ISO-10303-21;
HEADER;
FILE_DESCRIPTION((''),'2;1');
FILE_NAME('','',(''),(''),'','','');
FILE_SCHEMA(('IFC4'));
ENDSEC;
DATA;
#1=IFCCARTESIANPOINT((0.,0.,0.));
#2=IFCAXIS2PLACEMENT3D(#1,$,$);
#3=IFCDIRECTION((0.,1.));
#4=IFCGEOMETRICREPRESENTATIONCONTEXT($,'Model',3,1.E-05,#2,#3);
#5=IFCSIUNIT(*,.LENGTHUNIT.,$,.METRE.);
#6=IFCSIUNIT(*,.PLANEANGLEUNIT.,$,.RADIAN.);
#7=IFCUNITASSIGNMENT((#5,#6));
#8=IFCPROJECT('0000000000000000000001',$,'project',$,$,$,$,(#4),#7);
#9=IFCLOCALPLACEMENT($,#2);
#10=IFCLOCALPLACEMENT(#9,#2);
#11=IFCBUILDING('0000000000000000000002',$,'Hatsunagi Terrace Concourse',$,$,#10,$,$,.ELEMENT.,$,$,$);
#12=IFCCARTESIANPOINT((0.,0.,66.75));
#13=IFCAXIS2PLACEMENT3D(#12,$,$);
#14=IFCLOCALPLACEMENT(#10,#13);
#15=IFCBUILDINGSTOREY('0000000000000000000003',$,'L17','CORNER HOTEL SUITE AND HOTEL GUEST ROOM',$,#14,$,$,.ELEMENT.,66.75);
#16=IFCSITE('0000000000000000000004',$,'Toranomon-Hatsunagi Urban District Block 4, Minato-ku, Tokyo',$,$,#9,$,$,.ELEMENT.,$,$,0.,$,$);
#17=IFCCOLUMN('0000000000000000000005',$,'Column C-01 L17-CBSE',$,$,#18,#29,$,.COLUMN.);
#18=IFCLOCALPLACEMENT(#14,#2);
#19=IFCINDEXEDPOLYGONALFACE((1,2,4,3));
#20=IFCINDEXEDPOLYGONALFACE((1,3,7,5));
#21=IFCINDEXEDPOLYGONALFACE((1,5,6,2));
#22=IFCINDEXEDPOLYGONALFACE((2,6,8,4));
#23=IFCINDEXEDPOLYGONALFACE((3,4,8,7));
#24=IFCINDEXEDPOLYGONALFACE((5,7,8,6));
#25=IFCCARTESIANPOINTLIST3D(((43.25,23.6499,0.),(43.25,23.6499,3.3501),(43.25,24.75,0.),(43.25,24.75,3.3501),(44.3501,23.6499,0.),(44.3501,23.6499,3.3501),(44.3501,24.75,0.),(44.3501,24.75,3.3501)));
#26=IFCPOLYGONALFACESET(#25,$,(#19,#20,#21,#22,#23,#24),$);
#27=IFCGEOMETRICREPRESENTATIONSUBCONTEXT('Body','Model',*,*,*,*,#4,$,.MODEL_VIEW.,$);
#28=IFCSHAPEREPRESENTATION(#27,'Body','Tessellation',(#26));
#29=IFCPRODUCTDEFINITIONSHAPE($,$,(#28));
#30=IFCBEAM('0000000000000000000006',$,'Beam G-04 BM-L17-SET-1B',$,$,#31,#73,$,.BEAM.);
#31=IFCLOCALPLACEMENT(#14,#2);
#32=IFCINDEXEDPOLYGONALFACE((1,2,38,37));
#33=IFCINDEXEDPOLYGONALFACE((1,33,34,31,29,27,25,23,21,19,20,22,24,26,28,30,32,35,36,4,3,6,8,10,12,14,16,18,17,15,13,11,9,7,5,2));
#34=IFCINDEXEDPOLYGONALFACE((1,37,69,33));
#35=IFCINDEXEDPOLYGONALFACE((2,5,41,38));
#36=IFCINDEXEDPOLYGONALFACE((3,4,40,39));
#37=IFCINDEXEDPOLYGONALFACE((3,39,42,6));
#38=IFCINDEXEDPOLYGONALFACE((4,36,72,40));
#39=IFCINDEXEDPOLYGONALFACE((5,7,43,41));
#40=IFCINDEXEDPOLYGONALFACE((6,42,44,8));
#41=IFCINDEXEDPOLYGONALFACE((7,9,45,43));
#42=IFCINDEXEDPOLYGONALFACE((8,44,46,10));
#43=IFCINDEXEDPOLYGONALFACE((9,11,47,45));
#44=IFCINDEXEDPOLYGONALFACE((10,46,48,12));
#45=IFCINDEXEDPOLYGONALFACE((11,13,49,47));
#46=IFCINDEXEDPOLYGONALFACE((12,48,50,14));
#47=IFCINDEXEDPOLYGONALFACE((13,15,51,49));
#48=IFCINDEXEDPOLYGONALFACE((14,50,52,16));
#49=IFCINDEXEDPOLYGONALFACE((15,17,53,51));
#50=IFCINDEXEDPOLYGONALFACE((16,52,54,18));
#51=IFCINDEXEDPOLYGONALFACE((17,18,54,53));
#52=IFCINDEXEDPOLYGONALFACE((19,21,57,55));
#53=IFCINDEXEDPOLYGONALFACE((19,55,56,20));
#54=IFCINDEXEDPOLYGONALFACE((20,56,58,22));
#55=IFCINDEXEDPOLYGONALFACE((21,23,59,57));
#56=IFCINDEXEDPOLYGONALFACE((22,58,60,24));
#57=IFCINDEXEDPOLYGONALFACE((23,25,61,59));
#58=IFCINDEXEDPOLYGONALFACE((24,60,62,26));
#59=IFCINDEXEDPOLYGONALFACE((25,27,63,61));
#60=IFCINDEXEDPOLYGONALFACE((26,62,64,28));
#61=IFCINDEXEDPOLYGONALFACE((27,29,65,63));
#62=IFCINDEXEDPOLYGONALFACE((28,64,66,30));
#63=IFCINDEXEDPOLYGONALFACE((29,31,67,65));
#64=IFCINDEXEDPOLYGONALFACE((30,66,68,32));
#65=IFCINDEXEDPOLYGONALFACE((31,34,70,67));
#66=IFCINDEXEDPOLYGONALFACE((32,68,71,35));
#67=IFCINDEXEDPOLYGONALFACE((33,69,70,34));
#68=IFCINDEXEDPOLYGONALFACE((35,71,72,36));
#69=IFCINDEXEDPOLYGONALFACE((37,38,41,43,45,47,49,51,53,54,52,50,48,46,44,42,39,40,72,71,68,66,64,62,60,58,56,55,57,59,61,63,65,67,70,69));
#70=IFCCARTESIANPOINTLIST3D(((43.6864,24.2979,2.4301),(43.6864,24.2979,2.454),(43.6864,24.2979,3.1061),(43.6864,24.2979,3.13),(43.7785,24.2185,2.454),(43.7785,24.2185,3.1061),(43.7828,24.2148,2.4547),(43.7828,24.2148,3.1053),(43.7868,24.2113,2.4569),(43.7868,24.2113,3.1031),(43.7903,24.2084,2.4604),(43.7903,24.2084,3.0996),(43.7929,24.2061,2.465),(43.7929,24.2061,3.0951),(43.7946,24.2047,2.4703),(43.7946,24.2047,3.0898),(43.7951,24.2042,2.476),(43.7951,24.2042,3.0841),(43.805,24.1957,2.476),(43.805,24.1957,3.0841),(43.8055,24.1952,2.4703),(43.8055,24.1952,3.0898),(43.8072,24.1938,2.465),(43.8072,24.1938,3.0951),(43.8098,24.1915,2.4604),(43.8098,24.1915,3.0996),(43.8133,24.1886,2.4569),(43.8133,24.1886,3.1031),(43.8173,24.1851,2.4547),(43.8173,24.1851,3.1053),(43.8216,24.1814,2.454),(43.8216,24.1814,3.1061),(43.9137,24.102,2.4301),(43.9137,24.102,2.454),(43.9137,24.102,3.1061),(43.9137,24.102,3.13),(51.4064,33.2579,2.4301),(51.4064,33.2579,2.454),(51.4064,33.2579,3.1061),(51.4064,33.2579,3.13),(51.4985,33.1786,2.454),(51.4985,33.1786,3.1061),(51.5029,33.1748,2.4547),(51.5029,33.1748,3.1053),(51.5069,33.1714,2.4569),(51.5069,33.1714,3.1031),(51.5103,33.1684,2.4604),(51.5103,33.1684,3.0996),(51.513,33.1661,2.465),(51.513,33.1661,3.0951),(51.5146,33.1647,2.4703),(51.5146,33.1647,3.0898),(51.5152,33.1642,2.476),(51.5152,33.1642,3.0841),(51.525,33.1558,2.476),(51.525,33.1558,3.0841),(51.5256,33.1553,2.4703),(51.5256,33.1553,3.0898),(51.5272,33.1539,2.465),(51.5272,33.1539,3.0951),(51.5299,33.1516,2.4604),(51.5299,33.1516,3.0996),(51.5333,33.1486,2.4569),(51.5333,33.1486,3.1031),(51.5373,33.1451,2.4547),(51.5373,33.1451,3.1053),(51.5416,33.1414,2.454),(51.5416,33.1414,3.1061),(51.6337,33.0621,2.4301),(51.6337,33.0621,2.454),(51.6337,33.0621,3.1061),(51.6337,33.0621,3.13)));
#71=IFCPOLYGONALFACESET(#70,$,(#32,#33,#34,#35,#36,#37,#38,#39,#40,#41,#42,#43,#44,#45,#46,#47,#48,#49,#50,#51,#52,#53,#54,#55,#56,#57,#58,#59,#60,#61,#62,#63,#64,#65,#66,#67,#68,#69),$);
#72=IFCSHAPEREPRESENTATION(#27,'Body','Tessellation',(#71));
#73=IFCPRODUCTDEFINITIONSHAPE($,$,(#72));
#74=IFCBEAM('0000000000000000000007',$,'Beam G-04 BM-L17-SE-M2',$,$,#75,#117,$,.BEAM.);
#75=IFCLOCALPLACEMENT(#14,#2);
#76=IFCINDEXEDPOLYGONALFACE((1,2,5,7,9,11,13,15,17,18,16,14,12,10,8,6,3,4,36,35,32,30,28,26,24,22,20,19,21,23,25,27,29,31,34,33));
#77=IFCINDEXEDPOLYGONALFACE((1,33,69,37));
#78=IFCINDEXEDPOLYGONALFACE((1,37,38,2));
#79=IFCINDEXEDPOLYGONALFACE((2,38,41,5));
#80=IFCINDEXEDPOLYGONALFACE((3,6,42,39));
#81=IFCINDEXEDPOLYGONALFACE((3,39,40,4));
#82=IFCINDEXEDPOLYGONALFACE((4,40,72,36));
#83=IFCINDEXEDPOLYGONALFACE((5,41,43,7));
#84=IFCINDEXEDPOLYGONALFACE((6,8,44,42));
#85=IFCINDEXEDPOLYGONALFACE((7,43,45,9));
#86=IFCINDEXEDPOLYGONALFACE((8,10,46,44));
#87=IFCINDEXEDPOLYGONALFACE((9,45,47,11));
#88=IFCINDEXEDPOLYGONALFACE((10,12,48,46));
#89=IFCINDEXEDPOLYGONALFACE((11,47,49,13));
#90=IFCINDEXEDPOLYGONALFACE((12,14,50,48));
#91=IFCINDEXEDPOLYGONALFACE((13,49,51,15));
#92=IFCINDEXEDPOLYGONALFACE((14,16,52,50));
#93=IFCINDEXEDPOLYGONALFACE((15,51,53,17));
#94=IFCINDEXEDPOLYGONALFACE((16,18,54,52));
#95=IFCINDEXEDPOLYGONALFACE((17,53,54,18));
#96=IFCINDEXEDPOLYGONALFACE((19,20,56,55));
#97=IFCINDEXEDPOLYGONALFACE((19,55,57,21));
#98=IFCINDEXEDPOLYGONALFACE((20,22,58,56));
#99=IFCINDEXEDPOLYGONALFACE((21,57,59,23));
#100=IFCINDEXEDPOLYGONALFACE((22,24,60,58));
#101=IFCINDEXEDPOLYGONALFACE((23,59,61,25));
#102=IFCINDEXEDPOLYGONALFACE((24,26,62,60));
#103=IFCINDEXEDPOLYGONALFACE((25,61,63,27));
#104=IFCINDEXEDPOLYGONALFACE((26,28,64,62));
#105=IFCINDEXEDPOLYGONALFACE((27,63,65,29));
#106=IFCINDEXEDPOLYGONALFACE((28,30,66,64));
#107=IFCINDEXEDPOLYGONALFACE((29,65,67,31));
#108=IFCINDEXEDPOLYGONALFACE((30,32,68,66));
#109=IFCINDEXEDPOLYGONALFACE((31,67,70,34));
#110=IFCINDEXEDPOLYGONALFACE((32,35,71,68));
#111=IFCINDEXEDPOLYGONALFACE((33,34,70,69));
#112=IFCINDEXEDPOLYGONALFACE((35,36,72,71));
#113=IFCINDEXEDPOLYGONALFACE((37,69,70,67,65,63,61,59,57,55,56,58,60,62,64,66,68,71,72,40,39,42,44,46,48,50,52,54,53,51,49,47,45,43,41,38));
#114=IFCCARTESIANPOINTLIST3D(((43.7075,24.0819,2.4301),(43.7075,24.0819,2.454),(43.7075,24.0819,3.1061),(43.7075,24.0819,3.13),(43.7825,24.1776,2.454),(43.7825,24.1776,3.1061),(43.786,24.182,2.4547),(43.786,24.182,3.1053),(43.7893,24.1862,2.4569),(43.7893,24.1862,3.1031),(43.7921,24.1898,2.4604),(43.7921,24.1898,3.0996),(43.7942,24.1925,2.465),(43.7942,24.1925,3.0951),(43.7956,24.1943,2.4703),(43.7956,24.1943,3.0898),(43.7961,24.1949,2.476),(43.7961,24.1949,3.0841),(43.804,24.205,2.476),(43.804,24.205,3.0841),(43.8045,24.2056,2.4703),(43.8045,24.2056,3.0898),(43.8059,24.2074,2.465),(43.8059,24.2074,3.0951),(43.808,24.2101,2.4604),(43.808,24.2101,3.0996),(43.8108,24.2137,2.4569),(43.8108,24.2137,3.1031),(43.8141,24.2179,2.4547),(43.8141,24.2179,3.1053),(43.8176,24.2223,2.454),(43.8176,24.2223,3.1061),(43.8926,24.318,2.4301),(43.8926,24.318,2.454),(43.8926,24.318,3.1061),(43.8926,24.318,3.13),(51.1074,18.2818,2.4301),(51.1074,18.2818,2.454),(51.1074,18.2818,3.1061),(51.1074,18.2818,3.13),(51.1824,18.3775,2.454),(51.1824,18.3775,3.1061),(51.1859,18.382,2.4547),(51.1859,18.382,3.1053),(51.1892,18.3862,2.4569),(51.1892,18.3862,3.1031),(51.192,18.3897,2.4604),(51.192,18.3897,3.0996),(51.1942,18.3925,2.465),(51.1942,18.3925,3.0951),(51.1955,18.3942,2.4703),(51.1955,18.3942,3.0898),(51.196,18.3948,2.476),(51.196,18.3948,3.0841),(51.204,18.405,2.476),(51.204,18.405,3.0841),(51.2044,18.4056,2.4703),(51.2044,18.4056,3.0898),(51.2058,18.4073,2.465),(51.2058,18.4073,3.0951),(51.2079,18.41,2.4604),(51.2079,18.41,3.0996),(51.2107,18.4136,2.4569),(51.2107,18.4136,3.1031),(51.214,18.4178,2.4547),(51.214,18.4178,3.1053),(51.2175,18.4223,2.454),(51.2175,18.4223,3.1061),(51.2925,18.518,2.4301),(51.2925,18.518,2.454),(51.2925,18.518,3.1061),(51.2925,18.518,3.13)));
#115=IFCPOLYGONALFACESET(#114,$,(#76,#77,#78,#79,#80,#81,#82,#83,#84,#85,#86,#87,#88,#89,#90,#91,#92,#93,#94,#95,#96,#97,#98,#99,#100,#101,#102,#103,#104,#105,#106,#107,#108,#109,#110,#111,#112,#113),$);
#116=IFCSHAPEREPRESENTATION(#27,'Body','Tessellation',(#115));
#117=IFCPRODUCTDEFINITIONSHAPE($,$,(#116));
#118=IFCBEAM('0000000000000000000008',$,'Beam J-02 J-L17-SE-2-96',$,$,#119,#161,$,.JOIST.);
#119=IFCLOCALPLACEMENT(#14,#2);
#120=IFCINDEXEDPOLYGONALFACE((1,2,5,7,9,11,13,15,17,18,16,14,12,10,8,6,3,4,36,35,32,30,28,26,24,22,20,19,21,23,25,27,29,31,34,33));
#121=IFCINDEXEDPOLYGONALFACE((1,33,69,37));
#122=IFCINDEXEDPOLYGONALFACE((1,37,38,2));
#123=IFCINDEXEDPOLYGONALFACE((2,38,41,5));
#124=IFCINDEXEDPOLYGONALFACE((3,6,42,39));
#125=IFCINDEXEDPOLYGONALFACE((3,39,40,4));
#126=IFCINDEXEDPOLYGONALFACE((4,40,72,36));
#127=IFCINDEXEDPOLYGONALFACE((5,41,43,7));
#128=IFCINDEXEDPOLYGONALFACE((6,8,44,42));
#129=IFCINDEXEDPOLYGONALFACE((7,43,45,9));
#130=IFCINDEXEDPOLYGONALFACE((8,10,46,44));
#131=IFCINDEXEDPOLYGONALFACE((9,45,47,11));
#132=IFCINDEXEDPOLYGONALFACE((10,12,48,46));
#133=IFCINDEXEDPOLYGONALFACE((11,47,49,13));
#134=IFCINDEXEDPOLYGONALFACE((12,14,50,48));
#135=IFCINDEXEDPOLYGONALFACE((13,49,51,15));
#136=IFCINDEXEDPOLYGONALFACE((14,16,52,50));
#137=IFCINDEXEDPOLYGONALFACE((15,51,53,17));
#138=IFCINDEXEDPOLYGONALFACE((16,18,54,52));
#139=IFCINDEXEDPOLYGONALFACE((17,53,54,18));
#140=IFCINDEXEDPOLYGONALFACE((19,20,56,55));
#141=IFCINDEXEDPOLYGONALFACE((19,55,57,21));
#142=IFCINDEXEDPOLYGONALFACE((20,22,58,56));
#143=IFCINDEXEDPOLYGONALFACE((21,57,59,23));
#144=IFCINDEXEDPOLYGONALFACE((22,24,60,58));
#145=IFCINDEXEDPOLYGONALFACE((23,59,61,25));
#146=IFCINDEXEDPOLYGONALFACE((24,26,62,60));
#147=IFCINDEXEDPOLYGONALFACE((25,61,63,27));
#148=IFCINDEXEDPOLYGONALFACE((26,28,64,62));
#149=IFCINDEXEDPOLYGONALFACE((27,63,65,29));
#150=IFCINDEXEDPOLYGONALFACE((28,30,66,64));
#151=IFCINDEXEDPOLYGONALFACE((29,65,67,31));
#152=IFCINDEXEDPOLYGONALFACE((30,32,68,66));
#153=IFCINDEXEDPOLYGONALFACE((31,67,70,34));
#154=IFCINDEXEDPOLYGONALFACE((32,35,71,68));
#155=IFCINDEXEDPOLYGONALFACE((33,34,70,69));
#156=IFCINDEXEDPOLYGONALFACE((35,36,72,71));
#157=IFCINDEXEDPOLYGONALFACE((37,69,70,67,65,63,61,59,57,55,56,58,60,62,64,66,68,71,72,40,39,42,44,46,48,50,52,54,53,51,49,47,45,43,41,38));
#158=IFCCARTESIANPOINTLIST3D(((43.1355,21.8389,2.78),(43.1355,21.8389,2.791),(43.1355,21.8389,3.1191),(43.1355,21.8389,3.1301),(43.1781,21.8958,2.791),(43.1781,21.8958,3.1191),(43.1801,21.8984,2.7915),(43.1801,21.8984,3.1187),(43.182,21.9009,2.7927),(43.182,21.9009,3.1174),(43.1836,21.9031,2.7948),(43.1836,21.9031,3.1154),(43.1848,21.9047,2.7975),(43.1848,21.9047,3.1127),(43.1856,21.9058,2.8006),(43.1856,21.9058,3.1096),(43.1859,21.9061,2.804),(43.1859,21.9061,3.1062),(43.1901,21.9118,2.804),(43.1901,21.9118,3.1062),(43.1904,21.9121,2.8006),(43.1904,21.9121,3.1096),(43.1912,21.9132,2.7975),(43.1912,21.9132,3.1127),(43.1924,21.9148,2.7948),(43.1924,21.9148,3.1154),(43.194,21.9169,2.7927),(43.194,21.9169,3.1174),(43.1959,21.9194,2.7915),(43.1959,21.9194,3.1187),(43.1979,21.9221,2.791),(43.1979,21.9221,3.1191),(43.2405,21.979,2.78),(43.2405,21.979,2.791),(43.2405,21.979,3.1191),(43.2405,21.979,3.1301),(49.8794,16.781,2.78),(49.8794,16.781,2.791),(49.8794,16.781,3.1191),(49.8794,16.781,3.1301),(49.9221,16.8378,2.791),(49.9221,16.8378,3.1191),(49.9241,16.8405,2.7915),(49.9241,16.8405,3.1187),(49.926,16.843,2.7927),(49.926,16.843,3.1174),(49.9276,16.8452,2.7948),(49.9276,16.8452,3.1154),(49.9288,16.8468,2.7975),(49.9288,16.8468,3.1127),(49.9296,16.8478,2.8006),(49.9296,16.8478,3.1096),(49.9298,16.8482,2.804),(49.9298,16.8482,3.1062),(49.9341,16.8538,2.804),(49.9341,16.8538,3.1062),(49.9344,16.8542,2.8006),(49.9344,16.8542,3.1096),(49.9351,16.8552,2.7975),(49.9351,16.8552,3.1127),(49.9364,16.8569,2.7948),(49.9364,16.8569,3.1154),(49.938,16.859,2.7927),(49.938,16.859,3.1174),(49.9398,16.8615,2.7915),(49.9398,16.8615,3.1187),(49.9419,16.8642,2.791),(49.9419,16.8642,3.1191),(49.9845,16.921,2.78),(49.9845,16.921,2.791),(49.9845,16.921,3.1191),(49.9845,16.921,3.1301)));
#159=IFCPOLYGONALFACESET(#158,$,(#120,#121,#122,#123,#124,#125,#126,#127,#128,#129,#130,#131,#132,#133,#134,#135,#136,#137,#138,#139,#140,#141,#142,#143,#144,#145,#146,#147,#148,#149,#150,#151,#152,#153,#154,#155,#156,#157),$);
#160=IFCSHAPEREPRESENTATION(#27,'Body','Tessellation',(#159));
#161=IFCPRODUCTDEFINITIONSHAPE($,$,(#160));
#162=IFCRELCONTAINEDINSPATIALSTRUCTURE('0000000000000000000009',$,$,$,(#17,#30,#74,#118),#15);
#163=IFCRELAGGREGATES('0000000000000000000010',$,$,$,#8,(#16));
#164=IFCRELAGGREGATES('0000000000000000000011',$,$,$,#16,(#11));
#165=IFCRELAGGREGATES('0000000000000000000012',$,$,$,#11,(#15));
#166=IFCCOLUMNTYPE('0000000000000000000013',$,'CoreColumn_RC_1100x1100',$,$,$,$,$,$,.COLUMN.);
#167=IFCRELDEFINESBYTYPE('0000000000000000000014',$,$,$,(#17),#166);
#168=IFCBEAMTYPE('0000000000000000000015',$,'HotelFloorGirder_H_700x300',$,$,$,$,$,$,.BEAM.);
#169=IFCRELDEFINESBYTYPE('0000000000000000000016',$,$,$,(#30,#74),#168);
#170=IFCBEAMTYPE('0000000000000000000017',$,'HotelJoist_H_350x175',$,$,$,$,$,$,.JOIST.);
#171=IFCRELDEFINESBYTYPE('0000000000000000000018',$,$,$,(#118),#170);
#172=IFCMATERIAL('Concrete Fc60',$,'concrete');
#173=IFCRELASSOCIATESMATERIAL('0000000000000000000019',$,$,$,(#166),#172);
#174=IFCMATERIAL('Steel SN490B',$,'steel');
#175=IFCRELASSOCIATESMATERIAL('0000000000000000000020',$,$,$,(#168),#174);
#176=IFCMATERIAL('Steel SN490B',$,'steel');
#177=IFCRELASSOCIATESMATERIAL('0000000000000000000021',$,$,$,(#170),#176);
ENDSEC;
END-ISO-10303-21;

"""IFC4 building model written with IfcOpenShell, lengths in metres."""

from ifc_helpers import new_model, si_unit, direction, frame, origin, origin_2d, place, context, subcontext, project, spatial, rectangle, i_section, extrude, material, material_profile, profile_set, type_object, element, save


model = new_model("IFC4")

# Units and contexts
model_context = context("Model", 3, precision=1e-05, world=origin(), true_north=direction((0.0, 1.0)))
body_context = subcontext(model_context, "Body", "Model", "MODEL_VIEW")
ifc_project = project(units=[si_unit("LENGTHUNIT", "METRE"), si_unit("PLANEANGLEUNIT", "RADIAN")], contexts=[model_context])

# Site, building, storey
site_placement = place(None, origin())
site = spatial("IfcSite", under=ifc_project, at=site_placement, Name="Toranomon-Hatsunagi Urban District Block 4, Minato-ku, Tokyo", CompositionType="ELEMENT", RefElevation=0.0)
building_placement = place(site_placement, origin())
building = spatial("IfcBuilding", under=site, at=building_placement, Name="Hatsunagi Terrace Concourse", CompositionType="ELEMENT")
storey_placement = place(building_placement, frame((0.0, 0.0, 66.75)))
storey = spatial("IfcBuildingStorey", under=building, at=storey_placement, Name="L17", Description="CORNER HOTEL SUITE AND HOTEL GUEST ROOM", CompositionType="ELEMENT", Elevation=66.75)

# Column
ifc_material_1 = material(Name="Concrete Fc60", Category="concrete")
ifc_material_profile_1 = material_profile(ifc_material_1, rectangle(XDim=1.1001, YDim=1.1001, at=origin_2d()), Name="RC-1100x1100")
ifc_profile_set_1 = profile_set([ifc_material_profile_1], Name="Concrete Fc60")
column_type = type_object("IfcColumnType", Name="CoreColumn_RC_1100x1100", PredefinedType="COLUMN", material=ifc_profile_set_1)
column_placement = place(storey_placement, frame((43.8, 24.2, 0.0), z_axis=(0.0, 0.0, 1.0), x_axis=(1.0, 0.0, 0.0)))
element("IfcColumn", 1, at=column_placement, inside=storey, type_object=column_type, Name="Column C-01 L17-CBSE", PredefinedType="COLUMN", context=body_context, shape_type="SweptSolid", body=[
    extrude(rectangle(XDim=1.1001, YDim=1.1001, at=origin_2d()), origin(), (0.0, 0.0, 1.0), 3.3501),
])

# Beams
ifc_material_2 = material(Name="Steel SN490B", Category="steel")
ifc_material_profile_2 = material_profile(ifc_material_2, i_section(OverallWidth=0.3, OverallDepth=0.7, WebThickness=0.0129, FlangeThickness=0.0239, FilletRadius=0.022, at=origin_2d()), Name="H-700x300x13x24")
ifc_profile_set_2 = profile_set([ifc_material_profile_2], Name="Steel SN490B")
beam_type_1 = type_object("IfcBeamType", Name="HotelFloorGirder_H_700x300", PredefinedType="BEAM", material=ifc_profile_set_2)
beam_1_placement = place(storey_placement, frame((43.8, 24.2, 2.78), z_axis=(0.652739, 0.757583, 0.0), x_axis=(-0.757583, 0.652739, 0.0)))
element("IfcBeam", 2, at=beam_1_placement, inside=storey, type_object=beam_type_1, Name="Beam G-04 BM-L17-SET-1B", PredefinedType="BEAM", context=body_context, shape_type="SweptSolid", body=[
    extrude(i_section(OverallWidth=0.3, OverallDepth=0.7, WebThickness=0.0129, FlangeThickness=0.0239, FilletRadius=0.022, at=origin_2d()), origin(), (0.0, 0.0, 1.0), 11.8271),
])
beam_2_placement = place(storey_placement, frame((43.8, 24.2, 2.78), z_axis=(0.787049, -0.61689, 0.0), x_axis=(0.61689, 0.787049, 0.0)))
element("IfcBeam", 3, at=beam_2_placement, inside=storey, type_object=beam_type_1, Name="Beam G-04 BM-L17-SE-M2", PredefinedType="BEAM", context=body_context, shape_type="SweptSolid", body=[
    extrude(i_section(OverallWidth=0.3, OverallDepth=0.7, WebThickness=0.0129, FlangeThickness=0.0239, FilletRadius=0.022, at=origin_2d()), origin(), (0.0, 0.0, 1.0), 9.4021),
])
ifc_material_3 = material(Name="Steel SN490B", Category="steel")
ifc_material_profile_3 = material_profile(ifc_material_3, i_section(OverallWidth=0.175, OverallDepth=0.3501, WebThickness=0.0071, FlangeThickness=0.011, FilletRadius=0.0129, at=origin_2d()), Name="H-350x175x7x11")
ifc_profile_set_3 = profile_set([ifc_material_profile_3], Name="Steel SN490B")
beam_type_2 = type_object("IfcBeamType", Name="HotelJoist_H_350x175", PredefinedType="JOIST", material=ifc_profile_set_3)
for number, where, z_axis, x_axis, name in (
    (4, (43.188, 21.9089, 2.9551), (0.800003, -0.599995, 0.0), (0.599995, 0.800003, 0.0), "Beam J-02 J-L17-SE-2-96"),
):
    element("IfcBeam", number, at=place(storey_placement, frame(where, z_axis=z_axis, x_axis=x_axis)), inside=storey, type_object=beam_type_2, Name=name, PredefinedType="JOIST", context=body_context, shape_type="SweptSolid", body=[
        extrude(i_section(OverallWidth=0.175, OverallDepth=0.3501, WebThickness=0.0071, FlangeThickness=0.011, FilletRadius=0.0129, at=origin_2d()), origin(), (0.0, 0.0, 1.0), 8.4299),
    ])

save(model, "model.ifc")
